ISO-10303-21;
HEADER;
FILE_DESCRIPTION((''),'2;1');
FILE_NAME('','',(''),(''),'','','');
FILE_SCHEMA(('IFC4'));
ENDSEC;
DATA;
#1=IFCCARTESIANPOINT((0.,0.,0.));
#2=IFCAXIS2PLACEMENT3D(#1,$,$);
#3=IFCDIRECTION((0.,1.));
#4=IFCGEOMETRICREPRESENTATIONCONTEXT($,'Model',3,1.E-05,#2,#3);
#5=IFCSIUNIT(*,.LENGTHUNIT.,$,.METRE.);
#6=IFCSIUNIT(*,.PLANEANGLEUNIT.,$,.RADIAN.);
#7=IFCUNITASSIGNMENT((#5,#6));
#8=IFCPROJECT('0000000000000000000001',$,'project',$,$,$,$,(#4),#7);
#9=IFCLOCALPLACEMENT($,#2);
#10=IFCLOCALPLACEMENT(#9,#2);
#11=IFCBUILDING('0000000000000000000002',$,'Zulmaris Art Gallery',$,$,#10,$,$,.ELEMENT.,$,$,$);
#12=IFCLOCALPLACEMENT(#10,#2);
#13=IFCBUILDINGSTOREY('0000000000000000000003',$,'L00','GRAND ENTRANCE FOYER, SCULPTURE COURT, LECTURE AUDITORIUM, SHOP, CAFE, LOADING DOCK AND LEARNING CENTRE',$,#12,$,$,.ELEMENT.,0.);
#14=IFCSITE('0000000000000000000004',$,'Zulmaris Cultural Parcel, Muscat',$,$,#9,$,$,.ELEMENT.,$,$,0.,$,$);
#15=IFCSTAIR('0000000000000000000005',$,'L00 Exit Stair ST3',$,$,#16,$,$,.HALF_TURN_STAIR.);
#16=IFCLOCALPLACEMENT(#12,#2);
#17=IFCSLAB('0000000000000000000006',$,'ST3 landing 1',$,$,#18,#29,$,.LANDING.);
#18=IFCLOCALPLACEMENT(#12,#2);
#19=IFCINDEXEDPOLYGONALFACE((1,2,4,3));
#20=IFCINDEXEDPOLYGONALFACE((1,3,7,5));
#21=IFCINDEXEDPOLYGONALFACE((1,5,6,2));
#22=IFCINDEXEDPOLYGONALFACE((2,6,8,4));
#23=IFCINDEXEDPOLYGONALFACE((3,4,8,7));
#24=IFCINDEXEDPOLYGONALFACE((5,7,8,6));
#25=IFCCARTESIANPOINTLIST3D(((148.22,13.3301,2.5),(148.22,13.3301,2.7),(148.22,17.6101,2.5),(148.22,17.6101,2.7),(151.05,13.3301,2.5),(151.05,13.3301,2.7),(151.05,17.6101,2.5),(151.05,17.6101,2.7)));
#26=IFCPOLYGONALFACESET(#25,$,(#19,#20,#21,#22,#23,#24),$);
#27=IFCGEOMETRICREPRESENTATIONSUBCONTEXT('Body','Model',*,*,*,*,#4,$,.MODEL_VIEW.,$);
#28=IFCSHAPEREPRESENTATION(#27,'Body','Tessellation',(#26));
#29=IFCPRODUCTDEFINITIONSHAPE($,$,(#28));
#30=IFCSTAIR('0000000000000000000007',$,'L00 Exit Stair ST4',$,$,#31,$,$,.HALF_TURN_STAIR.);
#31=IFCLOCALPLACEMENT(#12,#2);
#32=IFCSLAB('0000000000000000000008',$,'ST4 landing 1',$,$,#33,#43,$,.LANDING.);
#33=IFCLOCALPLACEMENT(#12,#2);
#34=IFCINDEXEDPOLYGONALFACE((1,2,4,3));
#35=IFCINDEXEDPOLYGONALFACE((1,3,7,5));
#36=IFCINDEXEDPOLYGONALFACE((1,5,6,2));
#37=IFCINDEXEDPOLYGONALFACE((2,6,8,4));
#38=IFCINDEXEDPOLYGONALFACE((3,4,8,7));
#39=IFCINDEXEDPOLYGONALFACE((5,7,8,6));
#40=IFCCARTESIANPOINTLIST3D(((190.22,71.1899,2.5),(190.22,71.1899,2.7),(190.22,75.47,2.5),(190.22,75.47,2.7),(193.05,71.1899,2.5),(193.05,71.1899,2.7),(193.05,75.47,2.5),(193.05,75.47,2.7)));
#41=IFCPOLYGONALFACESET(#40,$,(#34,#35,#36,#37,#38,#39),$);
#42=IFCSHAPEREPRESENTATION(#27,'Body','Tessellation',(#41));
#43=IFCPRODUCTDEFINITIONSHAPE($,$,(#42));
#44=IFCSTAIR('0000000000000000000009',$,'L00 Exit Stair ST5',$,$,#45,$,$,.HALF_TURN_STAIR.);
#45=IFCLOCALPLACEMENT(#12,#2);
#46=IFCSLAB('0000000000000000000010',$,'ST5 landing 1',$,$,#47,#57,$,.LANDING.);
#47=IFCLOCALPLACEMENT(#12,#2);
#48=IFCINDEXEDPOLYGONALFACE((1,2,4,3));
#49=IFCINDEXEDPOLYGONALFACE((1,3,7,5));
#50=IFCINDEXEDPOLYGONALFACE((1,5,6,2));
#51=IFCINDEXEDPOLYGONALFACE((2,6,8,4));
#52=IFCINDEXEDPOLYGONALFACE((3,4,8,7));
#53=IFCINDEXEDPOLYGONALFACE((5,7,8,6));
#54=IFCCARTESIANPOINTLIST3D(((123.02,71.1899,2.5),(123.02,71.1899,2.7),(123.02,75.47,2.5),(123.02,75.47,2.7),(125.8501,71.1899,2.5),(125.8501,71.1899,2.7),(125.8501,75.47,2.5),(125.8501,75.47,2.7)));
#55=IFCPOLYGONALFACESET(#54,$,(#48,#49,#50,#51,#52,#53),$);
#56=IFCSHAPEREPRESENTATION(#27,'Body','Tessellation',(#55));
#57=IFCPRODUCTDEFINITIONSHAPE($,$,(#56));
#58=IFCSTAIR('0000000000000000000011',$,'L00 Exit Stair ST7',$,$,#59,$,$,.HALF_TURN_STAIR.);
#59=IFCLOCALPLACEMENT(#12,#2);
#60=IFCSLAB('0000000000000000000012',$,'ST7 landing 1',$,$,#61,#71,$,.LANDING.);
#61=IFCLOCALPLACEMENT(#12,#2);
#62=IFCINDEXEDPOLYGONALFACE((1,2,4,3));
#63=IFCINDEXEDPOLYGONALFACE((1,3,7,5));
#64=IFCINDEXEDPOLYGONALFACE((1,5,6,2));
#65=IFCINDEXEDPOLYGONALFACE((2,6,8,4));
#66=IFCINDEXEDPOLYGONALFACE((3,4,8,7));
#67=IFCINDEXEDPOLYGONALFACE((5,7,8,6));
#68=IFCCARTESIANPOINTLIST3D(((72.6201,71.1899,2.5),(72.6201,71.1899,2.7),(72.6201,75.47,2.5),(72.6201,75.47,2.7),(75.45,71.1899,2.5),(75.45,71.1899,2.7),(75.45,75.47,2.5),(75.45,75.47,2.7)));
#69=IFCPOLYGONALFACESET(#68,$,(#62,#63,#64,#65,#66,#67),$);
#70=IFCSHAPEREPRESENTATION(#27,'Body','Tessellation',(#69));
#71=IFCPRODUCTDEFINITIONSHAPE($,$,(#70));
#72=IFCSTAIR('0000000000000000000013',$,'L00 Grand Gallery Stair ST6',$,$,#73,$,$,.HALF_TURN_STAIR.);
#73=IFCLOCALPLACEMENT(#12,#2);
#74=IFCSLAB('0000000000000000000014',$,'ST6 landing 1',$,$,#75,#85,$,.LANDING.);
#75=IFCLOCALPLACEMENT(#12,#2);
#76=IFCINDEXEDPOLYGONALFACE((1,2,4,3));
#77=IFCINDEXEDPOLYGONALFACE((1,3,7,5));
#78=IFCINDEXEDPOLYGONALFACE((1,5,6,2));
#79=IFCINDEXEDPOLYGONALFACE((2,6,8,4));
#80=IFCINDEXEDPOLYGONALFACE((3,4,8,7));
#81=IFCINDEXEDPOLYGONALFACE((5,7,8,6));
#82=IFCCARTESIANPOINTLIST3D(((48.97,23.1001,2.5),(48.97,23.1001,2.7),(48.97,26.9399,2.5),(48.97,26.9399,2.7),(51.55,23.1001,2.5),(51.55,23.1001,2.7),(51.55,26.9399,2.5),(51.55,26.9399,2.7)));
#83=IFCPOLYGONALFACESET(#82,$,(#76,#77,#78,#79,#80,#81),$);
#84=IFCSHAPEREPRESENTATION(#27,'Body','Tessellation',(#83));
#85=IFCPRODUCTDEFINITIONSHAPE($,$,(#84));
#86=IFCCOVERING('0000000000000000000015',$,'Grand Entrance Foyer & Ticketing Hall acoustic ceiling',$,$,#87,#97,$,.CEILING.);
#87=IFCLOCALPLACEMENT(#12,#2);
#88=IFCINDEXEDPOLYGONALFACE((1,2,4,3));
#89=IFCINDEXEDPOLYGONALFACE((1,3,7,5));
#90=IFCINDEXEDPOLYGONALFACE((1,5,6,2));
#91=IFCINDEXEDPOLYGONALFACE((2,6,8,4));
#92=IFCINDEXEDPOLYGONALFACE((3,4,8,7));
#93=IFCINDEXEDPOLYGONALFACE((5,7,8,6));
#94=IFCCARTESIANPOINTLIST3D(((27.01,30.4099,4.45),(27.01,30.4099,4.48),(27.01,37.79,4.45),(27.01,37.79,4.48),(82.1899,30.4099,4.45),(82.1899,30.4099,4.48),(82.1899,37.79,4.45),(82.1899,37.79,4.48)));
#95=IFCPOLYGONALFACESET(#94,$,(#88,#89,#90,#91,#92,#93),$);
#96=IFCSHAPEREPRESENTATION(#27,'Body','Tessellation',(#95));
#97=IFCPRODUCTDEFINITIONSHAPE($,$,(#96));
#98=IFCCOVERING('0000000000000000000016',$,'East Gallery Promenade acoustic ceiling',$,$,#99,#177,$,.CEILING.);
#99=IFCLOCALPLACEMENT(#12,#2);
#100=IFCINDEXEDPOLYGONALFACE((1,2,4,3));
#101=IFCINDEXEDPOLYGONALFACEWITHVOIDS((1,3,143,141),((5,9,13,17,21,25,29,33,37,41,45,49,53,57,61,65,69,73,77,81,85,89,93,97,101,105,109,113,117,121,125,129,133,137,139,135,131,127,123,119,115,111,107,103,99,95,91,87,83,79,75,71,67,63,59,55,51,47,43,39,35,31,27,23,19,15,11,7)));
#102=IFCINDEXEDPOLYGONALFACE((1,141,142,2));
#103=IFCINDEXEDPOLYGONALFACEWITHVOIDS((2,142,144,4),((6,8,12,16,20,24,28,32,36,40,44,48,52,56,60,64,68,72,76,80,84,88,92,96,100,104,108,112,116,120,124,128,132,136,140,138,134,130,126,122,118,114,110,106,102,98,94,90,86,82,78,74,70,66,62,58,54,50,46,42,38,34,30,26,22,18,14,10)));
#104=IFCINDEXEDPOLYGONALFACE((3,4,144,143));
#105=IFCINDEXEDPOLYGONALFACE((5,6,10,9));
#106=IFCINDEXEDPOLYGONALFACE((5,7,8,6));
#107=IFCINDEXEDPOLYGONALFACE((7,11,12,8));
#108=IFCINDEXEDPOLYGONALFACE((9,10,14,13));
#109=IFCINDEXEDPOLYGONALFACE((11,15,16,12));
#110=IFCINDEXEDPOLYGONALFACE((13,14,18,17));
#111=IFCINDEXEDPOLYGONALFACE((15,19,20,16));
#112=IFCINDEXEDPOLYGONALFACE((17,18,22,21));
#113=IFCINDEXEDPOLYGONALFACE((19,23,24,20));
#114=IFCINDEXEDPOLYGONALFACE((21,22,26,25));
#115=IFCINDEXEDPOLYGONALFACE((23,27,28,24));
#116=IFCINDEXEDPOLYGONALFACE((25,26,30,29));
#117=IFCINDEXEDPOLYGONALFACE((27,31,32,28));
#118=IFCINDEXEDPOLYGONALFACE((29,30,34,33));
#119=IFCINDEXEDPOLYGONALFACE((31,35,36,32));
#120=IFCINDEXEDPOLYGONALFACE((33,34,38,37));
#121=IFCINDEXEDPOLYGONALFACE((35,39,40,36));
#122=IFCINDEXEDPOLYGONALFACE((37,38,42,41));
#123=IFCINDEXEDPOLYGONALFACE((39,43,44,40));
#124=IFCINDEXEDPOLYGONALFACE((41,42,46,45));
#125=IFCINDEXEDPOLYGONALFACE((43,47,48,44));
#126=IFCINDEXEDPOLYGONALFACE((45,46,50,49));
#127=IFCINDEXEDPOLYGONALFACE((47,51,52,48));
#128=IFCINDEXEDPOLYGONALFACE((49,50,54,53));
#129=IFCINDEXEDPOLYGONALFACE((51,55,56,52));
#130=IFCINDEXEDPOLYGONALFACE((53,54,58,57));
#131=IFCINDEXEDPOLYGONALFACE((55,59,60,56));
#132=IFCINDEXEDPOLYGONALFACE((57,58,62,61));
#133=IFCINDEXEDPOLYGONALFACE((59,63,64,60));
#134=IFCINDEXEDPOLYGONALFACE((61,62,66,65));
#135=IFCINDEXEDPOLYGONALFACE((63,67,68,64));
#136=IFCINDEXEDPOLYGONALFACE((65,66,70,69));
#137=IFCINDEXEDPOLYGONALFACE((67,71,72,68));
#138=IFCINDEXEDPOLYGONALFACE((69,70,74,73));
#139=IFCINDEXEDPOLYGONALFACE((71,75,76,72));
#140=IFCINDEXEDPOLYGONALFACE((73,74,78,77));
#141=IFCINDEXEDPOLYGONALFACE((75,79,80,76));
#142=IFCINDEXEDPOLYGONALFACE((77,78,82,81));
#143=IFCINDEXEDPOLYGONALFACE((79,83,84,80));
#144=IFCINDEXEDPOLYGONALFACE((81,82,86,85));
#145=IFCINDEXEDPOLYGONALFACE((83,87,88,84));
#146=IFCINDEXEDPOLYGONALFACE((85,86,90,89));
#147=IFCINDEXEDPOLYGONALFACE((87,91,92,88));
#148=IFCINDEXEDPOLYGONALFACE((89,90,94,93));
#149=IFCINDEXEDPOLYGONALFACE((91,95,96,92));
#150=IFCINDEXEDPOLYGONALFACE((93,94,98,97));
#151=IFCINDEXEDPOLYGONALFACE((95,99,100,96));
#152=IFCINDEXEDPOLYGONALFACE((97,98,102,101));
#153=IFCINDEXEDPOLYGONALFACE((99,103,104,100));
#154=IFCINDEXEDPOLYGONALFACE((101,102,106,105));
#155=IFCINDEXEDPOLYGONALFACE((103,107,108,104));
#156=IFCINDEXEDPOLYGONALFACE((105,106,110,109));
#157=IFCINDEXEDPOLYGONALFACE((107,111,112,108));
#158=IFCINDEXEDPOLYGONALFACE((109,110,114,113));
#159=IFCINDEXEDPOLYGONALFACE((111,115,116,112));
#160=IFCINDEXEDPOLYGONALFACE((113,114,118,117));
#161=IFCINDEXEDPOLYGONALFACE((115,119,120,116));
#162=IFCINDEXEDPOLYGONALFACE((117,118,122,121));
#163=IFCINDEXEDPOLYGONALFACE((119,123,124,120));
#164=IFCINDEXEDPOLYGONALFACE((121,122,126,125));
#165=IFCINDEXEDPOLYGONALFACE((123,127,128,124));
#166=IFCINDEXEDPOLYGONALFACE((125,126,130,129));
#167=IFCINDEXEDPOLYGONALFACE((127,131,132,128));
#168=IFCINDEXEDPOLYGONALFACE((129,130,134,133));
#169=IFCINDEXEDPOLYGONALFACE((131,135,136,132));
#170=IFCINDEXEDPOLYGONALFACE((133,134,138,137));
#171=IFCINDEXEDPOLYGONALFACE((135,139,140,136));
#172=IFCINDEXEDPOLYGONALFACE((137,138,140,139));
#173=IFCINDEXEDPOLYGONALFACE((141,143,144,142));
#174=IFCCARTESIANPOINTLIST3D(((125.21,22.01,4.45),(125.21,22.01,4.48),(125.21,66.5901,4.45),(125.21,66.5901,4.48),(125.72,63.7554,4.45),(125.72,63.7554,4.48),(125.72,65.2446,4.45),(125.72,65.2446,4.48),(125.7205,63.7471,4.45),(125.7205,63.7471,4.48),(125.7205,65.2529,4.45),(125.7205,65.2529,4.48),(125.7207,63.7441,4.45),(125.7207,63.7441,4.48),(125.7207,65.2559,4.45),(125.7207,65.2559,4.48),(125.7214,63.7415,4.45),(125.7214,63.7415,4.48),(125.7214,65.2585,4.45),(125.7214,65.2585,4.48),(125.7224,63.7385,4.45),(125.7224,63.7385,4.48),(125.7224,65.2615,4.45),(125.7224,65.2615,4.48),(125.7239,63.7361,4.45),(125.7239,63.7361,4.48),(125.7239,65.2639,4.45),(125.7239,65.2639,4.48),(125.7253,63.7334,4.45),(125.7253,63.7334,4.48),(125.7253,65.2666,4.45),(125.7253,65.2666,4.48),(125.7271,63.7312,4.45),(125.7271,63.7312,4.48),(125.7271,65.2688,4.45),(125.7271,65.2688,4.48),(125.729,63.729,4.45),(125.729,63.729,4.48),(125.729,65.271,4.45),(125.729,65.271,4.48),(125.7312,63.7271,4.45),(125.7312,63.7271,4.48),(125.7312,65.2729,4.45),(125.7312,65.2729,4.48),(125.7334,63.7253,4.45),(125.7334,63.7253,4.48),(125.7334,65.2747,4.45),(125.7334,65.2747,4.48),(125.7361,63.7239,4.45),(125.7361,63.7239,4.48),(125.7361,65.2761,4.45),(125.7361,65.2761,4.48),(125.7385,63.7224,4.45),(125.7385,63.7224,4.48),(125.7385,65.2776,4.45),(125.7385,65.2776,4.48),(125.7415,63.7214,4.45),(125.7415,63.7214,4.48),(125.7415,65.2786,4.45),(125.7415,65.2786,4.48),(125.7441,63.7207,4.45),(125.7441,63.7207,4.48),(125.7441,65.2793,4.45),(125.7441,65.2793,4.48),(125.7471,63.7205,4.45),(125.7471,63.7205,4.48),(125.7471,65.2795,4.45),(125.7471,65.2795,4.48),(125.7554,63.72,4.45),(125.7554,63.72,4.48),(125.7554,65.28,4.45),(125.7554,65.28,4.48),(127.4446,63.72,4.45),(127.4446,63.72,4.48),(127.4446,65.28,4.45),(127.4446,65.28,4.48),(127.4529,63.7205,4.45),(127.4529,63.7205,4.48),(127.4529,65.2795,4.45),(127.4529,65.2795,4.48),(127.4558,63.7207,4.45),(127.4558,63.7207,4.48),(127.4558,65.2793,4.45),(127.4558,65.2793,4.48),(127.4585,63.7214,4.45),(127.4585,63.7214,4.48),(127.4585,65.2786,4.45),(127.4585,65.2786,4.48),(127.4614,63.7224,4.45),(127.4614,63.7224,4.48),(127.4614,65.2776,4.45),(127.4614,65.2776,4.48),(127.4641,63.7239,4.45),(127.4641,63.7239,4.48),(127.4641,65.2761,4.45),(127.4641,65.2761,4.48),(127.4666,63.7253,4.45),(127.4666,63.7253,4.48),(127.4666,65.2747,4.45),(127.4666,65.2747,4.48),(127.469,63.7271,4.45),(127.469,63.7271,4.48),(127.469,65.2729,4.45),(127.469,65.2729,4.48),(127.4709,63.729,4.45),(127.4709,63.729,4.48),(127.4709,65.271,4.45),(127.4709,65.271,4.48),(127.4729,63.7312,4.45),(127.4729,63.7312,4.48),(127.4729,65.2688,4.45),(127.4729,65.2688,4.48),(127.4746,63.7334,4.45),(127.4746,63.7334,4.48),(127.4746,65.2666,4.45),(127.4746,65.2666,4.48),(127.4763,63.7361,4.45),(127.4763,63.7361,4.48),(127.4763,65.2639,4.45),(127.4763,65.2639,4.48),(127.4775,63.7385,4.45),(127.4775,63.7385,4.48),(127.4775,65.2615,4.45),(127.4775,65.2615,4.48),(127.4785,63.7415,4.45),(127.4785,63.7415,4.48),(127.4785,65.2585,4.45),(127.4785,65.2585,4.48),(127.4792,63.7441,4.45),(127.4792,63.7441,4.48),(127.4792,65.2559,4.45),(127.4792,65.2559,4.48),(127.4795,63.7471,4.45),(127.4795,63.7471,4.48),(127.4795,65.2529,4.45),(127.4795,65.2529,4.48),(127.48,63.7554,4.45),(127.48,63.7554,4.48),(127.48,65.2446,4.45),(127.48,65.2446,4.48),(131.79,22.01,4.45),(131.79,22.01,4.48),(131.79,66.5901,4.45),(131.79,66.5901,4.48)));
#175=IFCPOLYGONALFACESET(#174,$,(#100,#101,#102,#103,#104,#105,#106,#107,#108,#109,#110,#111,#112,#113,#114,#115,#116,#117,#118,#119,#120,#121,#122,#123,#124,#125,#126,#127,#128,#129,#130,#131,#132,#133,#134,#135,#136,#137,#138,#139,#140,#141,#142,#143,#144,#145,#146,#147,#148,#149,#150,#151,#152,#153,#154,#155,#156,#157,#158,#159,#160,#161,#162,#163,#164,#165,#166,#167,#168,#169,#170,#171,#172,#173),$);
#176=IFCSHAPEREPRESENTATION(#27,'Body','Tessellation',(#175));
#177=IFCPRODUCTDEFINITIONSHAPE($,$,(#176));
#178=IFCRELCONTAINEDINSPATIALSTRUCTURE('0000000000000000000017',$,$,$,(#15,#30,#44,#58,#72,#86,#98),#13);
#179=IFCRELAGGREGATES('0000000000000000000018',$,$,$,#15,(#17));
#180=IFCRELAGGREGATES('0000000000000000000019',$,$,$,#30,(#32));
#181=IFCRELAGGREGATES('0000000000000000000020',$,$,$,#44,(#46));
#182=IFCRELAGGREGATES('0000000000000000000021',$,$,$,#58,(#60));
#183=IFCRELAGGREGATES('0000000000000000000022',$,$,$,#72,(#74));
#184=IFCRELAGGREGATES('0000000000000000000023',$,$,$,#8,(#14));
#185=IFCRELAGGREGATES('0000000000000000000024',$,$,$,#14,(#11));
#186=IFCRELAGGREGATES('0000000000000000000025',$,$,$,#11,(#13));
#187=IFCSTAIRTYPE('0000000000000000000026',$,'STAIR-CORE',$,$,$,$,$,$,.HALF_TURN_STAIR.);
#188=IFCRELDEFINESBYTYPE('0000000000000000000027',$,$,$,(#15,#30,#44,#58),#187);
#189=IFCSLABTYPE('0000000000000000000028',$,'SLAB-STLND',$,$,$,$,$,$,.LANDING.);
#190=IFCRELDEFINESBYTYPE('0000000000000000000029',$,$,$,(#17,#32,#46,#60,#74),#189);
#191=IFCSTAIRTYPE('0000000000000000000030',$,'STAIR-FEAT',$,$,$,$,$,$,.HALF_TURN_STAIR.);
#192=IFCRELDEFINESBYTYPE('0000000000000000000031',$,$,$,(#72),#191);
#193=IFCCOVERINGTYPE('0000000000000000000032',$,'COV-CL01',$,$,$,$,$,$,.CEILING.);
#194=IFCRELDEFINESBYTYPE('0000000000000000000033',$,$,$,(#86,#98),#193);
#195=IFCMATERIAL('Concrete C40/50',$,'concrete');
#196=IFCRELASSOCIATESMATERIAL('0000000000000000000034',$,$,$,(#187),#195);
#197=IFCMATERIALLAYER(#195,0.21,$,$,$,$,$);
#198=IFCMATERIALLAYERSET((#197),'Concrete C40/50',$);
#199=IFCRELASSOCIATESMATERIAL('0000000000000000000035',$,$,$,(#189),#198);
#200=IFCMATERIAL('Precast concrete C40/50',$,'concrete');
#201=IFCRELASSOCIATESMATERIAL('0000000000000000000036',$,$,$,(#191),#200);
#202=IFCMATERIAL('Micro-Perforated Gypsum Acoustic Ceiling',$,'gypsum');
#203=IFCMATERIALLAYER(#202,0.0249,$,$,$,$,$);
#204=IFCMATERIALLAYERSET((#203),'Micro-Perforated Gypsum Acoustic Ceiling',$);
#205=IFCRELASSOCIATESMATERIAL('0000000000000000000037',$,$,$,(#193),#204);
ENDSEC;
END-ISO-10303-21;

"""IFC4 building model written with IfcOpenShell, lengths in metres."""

from ifc_helpers import new_model, si_unit, direction, frame, origin, place, context, subcontext, project, spatial, polyline, outline, extrude, material, layer, layer_set, type_object, element, aggregate, save


model = new_model("IFC4")

# Units and contexts
model_context = context("Model", 3, precision=1e-05, world=origin(), true_north=direction((0.0, 1.0)))
body_context = subcontext(model_context, "Body", "Model", "MODEL_VIEW")
ifc_project = project(units=[si_unit("LENGTHUNIT", "METRE"), si_unit("PLANEANGLEUNIT", "RADIAN")], contexts=[model_context])

# Site, building, storey
site_placement = place(None, origin())
site = spatial("IfcSite", under=ifc_project, at=site_placement, Name="Zulmaris Cultural Parcel, Muscat", CompositionType="ELEMENT", RefElevation=0.0)
building_placement = place(site_placement, origin())
building = spatial("IfcBuilding", under=site, at=building_placement, Name="Zulmaris Art Gallery", CompositionType="ELEMENT")
storey_placement = place(building_placement, origin())
storey = spatial("IfcBuildingStorey", under=building, at=storey_placement, Name="L00", Description="GRAND ENTRANCE FOYER, SCULPTURE COURT, LECTURE AUDITORIUM, SHOP, CAFE, LOADING DOCK AND LEARNING CENTRE", CompositionType="ELEMENT", Elevation=0.0)

# Stairs, slabs
ifc_material_1 = material(Name="Concrete C40/50", Category="concrete")
stair_type_1 = type_object("IfcStairType", Name="STAIR-CORE", PredefinedType="HALF_TURN_STAIR", material=ifc_material_1)
stair_1_placement = place(storey_placement, origin())
stair_1 = element("IfcStair", 1, at=stair_1_placement, inside=storey, type_object=stair_type_1, Name="L00 Exit Stair ST3", PredefinedType="HALF_TURN_STAIR")
ifc_layer_1 = layer(ifc_material_1, 0.21)
ifc_layer_set_1 = layer_set([ifc_layer_1], Name="Concrete C40/50")
slab_type = type_object("IfcSlabType", Name="SLAB-STLND", PredefinedType="LANDING", material=ifc_layer_set_1)
slab_1_placement = place(storey_placement, frame((0.0, 0.0, 2.5)))
slab_1 = element("IfcSlab", 2, at=slab_1_placement, type_object=slab_type, Name="ST3 landing 1", PredefinedType="LANDING", context=body_context, shape_type="SweptSolid", body=[
    extrude(outline(polyline([(148.22, 13.3301), (151.05, 13.3301), (151.05, 17.6101), (148.22, 17.6101), (148.22, 13.3301)])), origin(), (0.0, 0.0, 1.0), 0.2),
])
aggregate(stair_1, [slab_1])
stair_2_placement = place(storey_placement, origin())
stair_2 = element("IfcStair", 3, at=stair_2_placement, inside=storey, type_object=stair_type_1, Name="L00 Exit Stair ST4", PredefinedType="HALF_TURN_STAIR")
slab_2_placement = place(storey_placement, frame((0.0, 0.0, 2.5)))
slab_2 = element("IfcSlab", 4, at=slab_2_placement, type_object=slab_type, Name="ST4 landing 1", PredefinedType="LANDING", context=body_context, shape_type="SweptSolid", body=[
    extrude(outline(polyline([(190.22, 71.1899), (193.05, 71.1899), (193.05, 75.47), (190.22, 75.47), (190.22, 71.1899)])), origin(), (0.0, 0.0, 1.0), 0.2),
])
aggregate(stair_2, [slab_2])
stair_3_placement = place(storey_placement, origin())
stair_3 = element("IfcStair", 5, at=stair_3_placement, inside=storey, type_object=stair_type_1, Name="L00 Exit Stair ST5", PredefinedType="HALF_TURN_STAIR")
slab_3_placement = place(storey_placement, frame((0.0, 0.0, 2.5)))
slab_3 = element("IfcSlab", 6, at=slab_3_placement, type_object=slab_type, Name="ST5 landing 1", PredefinedType="LANDING", context=body_context, shape_type="SweptSolid", body=[
    extrude(outline(polyline([(123.02, 71.1899), (125.8501, 71.1899), (125.8501, 75.47), (123.02, 75.47), (123.02, 71.1899)])), origin(), (0.0, 0.0, 1.0), 0.2),
])
aggregate(stair_3, [slab_3])
stair_4_placement = place(storey_placement, origin())
stair_4 = element("IfcStair", 7, at=stair_4_placement, inside=storey, type_object=stair_type_1, Name="L00 Exit Stair ST7", PredefinedType="HALF_TURN_STAIR")
slab_4_placement = place(storey_placement, frame((0.0, 0.0, 2.5)))
slab_4 = element("IfcSlab", 8, at=slab_4_placement, type_object=slab_type, Name="ST7 landing 1", PredefinedType="LANDING", context=body_context, shape_type="SweptSolid", body=[
    extrude(outline(polyline([(72.6201, 71.1899), (75.45, 71.1899), (75.45, 75.47), (72.6201, 75.47), (72.6201, 71.1899)])), origin(), (0.0, 0.0, 1.0), 0.2),
])
aggregate(stair_4, [slab_4])
ifc_material_2 = material(Name="Precast concrete C40/50", Category="concrete")
stair_type_2 = type_object("IfcStairType", Name="STAIR-FEAT", PredefinedType="HALF_TURN_STAIR", material=ifc_material_2)
stair_5_placement = place(storey_placement, origin())
stair_5 = element("IfcStair", 9, at=stair_5_placement, inside=storey, type_object=stair_type_2, Name="L00 Grand Gallery Stair ST6", PredefinedType="HALF_TURN_STAIR")
slab_5_placement = place(storey_placement, frame((0.0, 0.0, 2.5)))
slab_5 = element("IfcSlab", 10, at=slab_5_placement, type_object=slab_type, Name="ST6 landing 1", PredefinedType="LANDING", context=body_context, shape_type="SweptSolid", body=[
    extrude(outline(polyline([(48.97, 23.1001), (51.55, 23.1001), (51.55, 26.9399), (48.97, 26.9399), (48.97, 23.1001)])), origin(), (0.0, 0.0, 1.0), 0.2),
])
aggregate(stair_5, [slab_5])

# Coverings
ifc_material_3 = material(Name="Micro-Perforated Gypsum Acoustic Ceiling", Category="gypsum")
ifc_layer_2 = layer(ifc_material_3, 0.0249)
ifc_layer_set_2 = layer_set([ifc_layer_2], Name="Micro-Perforated Gypsum Acoustic Ceiling")
covering_type_1 = type_object("IfcCoveringType", Name="COV-CL01", PredefinedType="CEILING", material=ifc_layer_set_2)
covering_1_placement = place(storey_placement, frame((0.0, 0.0, 4.45)))
element("IfcCovering", 11, at=covering_1_placement, inside=storey, type_object=covering_type_1, Name="Grand Entrance Foyer & Ticketing Hall acoustic ceiling", PredefinedType="CEILING", context=body_context, shape_type="SweptSolid", body=[
    extrude(outline(polyline([(27.01, 37.79), (82.1899, 37.79), (82.1899, 30.4099), (27.01, 30.4099), (27.01, 37.79)])), origin(), (0.0, 0.0, 1.0), 0.03),
])
covering_2_placement = place(storey_placement, frame((0.0, 0.0, 4.45)))
element("IfcCovering", 12, at=covering_2_placement, inside=storey, type_object=covering_type_1, Name="East Gallery Promenade acoustic ceiling", PredefinedType="CEILING", context=body_context, shape_type="SweptSolid", body=[
    extrude(outline(polyline([(125.21, 66.5901), (131.79, 66.5901), (131.79, 22.01), (125.21, 22.01), (125.21, 66.5901)]), holes=[polyline([(125.7415, 65.2786), (125.7385, 65.2776), (125.7361, 65.2761), (125.7334, 65.2747), (125.7312, 65.2729), (125.729, 65.271), (125.7271, 65.2688), (125.7253, 65.2666), (125.7239, 65.2639), (125.7224, 65.2615), (125.7214, 65.2585), (125.7207, 65.2559), (125.7205, 65.2529), (125.72, 65.2446), (125.72, 63.7554), (125.7205, 63.7471), (125.7207, 63.7441), (125.7214, 63.7415), (125.7224, 63.7385), (125.7239, 63.7361), (125.7253, 63.7334), (125.7271, 63.7312), (125.729, 63.729), (125.7312, 63.7271), (125.7334, 63.7253), (125.7361, 63.7239), (125.7385, 63.7224), (125.7415, 63.7214), (125.7441, 63.7207), (125.7471, 63.7205), (125.7554, 63.72), (127.4446, 63.72), (127.4529, 63.7205), (127.4558, 63.7207), (127.4585, 63.7214), (127.4614, 63.7224), (127.4641, 63.7239), (127.4666, 63.7253), (127.469, 63.7271), (127.4709, 63.729), (127.4729, 63.7312), (127.4746, 63.7334), (127.4763, 63.7361), (127.4775, 63.7385), (127.4785, 63.7415), (127.4792, 63.7441), (127.4795, 63.7471), (127.48, 63.7554), (127.48, 65.2446), (127.4795, 65.2529), (127.4792, 65.2559), (127.4785, 65.2585), (127.4775, 65.2615), (127.4763, 65.2639), (127.4746, 65.2666), (127.4729, 65.2688), (127.4709, 65.271), (127.469, 65.2729), (127.4666, 65.2747), (127.4641, 65.2761), (127.4614, 65.2776), (127.4585, 65.2786), (127.4558, 65.2793), (127.4529, 65.2795), (127.4446, 65.28), (125.7554, 65.28), (125.7471, 65.2795), (125.7441, 65.2793), (125.7415, 65.2786)])]), origin(), (0.0, 0.0, 1.0), 0.03),
])

save(model, "model.ifc")
